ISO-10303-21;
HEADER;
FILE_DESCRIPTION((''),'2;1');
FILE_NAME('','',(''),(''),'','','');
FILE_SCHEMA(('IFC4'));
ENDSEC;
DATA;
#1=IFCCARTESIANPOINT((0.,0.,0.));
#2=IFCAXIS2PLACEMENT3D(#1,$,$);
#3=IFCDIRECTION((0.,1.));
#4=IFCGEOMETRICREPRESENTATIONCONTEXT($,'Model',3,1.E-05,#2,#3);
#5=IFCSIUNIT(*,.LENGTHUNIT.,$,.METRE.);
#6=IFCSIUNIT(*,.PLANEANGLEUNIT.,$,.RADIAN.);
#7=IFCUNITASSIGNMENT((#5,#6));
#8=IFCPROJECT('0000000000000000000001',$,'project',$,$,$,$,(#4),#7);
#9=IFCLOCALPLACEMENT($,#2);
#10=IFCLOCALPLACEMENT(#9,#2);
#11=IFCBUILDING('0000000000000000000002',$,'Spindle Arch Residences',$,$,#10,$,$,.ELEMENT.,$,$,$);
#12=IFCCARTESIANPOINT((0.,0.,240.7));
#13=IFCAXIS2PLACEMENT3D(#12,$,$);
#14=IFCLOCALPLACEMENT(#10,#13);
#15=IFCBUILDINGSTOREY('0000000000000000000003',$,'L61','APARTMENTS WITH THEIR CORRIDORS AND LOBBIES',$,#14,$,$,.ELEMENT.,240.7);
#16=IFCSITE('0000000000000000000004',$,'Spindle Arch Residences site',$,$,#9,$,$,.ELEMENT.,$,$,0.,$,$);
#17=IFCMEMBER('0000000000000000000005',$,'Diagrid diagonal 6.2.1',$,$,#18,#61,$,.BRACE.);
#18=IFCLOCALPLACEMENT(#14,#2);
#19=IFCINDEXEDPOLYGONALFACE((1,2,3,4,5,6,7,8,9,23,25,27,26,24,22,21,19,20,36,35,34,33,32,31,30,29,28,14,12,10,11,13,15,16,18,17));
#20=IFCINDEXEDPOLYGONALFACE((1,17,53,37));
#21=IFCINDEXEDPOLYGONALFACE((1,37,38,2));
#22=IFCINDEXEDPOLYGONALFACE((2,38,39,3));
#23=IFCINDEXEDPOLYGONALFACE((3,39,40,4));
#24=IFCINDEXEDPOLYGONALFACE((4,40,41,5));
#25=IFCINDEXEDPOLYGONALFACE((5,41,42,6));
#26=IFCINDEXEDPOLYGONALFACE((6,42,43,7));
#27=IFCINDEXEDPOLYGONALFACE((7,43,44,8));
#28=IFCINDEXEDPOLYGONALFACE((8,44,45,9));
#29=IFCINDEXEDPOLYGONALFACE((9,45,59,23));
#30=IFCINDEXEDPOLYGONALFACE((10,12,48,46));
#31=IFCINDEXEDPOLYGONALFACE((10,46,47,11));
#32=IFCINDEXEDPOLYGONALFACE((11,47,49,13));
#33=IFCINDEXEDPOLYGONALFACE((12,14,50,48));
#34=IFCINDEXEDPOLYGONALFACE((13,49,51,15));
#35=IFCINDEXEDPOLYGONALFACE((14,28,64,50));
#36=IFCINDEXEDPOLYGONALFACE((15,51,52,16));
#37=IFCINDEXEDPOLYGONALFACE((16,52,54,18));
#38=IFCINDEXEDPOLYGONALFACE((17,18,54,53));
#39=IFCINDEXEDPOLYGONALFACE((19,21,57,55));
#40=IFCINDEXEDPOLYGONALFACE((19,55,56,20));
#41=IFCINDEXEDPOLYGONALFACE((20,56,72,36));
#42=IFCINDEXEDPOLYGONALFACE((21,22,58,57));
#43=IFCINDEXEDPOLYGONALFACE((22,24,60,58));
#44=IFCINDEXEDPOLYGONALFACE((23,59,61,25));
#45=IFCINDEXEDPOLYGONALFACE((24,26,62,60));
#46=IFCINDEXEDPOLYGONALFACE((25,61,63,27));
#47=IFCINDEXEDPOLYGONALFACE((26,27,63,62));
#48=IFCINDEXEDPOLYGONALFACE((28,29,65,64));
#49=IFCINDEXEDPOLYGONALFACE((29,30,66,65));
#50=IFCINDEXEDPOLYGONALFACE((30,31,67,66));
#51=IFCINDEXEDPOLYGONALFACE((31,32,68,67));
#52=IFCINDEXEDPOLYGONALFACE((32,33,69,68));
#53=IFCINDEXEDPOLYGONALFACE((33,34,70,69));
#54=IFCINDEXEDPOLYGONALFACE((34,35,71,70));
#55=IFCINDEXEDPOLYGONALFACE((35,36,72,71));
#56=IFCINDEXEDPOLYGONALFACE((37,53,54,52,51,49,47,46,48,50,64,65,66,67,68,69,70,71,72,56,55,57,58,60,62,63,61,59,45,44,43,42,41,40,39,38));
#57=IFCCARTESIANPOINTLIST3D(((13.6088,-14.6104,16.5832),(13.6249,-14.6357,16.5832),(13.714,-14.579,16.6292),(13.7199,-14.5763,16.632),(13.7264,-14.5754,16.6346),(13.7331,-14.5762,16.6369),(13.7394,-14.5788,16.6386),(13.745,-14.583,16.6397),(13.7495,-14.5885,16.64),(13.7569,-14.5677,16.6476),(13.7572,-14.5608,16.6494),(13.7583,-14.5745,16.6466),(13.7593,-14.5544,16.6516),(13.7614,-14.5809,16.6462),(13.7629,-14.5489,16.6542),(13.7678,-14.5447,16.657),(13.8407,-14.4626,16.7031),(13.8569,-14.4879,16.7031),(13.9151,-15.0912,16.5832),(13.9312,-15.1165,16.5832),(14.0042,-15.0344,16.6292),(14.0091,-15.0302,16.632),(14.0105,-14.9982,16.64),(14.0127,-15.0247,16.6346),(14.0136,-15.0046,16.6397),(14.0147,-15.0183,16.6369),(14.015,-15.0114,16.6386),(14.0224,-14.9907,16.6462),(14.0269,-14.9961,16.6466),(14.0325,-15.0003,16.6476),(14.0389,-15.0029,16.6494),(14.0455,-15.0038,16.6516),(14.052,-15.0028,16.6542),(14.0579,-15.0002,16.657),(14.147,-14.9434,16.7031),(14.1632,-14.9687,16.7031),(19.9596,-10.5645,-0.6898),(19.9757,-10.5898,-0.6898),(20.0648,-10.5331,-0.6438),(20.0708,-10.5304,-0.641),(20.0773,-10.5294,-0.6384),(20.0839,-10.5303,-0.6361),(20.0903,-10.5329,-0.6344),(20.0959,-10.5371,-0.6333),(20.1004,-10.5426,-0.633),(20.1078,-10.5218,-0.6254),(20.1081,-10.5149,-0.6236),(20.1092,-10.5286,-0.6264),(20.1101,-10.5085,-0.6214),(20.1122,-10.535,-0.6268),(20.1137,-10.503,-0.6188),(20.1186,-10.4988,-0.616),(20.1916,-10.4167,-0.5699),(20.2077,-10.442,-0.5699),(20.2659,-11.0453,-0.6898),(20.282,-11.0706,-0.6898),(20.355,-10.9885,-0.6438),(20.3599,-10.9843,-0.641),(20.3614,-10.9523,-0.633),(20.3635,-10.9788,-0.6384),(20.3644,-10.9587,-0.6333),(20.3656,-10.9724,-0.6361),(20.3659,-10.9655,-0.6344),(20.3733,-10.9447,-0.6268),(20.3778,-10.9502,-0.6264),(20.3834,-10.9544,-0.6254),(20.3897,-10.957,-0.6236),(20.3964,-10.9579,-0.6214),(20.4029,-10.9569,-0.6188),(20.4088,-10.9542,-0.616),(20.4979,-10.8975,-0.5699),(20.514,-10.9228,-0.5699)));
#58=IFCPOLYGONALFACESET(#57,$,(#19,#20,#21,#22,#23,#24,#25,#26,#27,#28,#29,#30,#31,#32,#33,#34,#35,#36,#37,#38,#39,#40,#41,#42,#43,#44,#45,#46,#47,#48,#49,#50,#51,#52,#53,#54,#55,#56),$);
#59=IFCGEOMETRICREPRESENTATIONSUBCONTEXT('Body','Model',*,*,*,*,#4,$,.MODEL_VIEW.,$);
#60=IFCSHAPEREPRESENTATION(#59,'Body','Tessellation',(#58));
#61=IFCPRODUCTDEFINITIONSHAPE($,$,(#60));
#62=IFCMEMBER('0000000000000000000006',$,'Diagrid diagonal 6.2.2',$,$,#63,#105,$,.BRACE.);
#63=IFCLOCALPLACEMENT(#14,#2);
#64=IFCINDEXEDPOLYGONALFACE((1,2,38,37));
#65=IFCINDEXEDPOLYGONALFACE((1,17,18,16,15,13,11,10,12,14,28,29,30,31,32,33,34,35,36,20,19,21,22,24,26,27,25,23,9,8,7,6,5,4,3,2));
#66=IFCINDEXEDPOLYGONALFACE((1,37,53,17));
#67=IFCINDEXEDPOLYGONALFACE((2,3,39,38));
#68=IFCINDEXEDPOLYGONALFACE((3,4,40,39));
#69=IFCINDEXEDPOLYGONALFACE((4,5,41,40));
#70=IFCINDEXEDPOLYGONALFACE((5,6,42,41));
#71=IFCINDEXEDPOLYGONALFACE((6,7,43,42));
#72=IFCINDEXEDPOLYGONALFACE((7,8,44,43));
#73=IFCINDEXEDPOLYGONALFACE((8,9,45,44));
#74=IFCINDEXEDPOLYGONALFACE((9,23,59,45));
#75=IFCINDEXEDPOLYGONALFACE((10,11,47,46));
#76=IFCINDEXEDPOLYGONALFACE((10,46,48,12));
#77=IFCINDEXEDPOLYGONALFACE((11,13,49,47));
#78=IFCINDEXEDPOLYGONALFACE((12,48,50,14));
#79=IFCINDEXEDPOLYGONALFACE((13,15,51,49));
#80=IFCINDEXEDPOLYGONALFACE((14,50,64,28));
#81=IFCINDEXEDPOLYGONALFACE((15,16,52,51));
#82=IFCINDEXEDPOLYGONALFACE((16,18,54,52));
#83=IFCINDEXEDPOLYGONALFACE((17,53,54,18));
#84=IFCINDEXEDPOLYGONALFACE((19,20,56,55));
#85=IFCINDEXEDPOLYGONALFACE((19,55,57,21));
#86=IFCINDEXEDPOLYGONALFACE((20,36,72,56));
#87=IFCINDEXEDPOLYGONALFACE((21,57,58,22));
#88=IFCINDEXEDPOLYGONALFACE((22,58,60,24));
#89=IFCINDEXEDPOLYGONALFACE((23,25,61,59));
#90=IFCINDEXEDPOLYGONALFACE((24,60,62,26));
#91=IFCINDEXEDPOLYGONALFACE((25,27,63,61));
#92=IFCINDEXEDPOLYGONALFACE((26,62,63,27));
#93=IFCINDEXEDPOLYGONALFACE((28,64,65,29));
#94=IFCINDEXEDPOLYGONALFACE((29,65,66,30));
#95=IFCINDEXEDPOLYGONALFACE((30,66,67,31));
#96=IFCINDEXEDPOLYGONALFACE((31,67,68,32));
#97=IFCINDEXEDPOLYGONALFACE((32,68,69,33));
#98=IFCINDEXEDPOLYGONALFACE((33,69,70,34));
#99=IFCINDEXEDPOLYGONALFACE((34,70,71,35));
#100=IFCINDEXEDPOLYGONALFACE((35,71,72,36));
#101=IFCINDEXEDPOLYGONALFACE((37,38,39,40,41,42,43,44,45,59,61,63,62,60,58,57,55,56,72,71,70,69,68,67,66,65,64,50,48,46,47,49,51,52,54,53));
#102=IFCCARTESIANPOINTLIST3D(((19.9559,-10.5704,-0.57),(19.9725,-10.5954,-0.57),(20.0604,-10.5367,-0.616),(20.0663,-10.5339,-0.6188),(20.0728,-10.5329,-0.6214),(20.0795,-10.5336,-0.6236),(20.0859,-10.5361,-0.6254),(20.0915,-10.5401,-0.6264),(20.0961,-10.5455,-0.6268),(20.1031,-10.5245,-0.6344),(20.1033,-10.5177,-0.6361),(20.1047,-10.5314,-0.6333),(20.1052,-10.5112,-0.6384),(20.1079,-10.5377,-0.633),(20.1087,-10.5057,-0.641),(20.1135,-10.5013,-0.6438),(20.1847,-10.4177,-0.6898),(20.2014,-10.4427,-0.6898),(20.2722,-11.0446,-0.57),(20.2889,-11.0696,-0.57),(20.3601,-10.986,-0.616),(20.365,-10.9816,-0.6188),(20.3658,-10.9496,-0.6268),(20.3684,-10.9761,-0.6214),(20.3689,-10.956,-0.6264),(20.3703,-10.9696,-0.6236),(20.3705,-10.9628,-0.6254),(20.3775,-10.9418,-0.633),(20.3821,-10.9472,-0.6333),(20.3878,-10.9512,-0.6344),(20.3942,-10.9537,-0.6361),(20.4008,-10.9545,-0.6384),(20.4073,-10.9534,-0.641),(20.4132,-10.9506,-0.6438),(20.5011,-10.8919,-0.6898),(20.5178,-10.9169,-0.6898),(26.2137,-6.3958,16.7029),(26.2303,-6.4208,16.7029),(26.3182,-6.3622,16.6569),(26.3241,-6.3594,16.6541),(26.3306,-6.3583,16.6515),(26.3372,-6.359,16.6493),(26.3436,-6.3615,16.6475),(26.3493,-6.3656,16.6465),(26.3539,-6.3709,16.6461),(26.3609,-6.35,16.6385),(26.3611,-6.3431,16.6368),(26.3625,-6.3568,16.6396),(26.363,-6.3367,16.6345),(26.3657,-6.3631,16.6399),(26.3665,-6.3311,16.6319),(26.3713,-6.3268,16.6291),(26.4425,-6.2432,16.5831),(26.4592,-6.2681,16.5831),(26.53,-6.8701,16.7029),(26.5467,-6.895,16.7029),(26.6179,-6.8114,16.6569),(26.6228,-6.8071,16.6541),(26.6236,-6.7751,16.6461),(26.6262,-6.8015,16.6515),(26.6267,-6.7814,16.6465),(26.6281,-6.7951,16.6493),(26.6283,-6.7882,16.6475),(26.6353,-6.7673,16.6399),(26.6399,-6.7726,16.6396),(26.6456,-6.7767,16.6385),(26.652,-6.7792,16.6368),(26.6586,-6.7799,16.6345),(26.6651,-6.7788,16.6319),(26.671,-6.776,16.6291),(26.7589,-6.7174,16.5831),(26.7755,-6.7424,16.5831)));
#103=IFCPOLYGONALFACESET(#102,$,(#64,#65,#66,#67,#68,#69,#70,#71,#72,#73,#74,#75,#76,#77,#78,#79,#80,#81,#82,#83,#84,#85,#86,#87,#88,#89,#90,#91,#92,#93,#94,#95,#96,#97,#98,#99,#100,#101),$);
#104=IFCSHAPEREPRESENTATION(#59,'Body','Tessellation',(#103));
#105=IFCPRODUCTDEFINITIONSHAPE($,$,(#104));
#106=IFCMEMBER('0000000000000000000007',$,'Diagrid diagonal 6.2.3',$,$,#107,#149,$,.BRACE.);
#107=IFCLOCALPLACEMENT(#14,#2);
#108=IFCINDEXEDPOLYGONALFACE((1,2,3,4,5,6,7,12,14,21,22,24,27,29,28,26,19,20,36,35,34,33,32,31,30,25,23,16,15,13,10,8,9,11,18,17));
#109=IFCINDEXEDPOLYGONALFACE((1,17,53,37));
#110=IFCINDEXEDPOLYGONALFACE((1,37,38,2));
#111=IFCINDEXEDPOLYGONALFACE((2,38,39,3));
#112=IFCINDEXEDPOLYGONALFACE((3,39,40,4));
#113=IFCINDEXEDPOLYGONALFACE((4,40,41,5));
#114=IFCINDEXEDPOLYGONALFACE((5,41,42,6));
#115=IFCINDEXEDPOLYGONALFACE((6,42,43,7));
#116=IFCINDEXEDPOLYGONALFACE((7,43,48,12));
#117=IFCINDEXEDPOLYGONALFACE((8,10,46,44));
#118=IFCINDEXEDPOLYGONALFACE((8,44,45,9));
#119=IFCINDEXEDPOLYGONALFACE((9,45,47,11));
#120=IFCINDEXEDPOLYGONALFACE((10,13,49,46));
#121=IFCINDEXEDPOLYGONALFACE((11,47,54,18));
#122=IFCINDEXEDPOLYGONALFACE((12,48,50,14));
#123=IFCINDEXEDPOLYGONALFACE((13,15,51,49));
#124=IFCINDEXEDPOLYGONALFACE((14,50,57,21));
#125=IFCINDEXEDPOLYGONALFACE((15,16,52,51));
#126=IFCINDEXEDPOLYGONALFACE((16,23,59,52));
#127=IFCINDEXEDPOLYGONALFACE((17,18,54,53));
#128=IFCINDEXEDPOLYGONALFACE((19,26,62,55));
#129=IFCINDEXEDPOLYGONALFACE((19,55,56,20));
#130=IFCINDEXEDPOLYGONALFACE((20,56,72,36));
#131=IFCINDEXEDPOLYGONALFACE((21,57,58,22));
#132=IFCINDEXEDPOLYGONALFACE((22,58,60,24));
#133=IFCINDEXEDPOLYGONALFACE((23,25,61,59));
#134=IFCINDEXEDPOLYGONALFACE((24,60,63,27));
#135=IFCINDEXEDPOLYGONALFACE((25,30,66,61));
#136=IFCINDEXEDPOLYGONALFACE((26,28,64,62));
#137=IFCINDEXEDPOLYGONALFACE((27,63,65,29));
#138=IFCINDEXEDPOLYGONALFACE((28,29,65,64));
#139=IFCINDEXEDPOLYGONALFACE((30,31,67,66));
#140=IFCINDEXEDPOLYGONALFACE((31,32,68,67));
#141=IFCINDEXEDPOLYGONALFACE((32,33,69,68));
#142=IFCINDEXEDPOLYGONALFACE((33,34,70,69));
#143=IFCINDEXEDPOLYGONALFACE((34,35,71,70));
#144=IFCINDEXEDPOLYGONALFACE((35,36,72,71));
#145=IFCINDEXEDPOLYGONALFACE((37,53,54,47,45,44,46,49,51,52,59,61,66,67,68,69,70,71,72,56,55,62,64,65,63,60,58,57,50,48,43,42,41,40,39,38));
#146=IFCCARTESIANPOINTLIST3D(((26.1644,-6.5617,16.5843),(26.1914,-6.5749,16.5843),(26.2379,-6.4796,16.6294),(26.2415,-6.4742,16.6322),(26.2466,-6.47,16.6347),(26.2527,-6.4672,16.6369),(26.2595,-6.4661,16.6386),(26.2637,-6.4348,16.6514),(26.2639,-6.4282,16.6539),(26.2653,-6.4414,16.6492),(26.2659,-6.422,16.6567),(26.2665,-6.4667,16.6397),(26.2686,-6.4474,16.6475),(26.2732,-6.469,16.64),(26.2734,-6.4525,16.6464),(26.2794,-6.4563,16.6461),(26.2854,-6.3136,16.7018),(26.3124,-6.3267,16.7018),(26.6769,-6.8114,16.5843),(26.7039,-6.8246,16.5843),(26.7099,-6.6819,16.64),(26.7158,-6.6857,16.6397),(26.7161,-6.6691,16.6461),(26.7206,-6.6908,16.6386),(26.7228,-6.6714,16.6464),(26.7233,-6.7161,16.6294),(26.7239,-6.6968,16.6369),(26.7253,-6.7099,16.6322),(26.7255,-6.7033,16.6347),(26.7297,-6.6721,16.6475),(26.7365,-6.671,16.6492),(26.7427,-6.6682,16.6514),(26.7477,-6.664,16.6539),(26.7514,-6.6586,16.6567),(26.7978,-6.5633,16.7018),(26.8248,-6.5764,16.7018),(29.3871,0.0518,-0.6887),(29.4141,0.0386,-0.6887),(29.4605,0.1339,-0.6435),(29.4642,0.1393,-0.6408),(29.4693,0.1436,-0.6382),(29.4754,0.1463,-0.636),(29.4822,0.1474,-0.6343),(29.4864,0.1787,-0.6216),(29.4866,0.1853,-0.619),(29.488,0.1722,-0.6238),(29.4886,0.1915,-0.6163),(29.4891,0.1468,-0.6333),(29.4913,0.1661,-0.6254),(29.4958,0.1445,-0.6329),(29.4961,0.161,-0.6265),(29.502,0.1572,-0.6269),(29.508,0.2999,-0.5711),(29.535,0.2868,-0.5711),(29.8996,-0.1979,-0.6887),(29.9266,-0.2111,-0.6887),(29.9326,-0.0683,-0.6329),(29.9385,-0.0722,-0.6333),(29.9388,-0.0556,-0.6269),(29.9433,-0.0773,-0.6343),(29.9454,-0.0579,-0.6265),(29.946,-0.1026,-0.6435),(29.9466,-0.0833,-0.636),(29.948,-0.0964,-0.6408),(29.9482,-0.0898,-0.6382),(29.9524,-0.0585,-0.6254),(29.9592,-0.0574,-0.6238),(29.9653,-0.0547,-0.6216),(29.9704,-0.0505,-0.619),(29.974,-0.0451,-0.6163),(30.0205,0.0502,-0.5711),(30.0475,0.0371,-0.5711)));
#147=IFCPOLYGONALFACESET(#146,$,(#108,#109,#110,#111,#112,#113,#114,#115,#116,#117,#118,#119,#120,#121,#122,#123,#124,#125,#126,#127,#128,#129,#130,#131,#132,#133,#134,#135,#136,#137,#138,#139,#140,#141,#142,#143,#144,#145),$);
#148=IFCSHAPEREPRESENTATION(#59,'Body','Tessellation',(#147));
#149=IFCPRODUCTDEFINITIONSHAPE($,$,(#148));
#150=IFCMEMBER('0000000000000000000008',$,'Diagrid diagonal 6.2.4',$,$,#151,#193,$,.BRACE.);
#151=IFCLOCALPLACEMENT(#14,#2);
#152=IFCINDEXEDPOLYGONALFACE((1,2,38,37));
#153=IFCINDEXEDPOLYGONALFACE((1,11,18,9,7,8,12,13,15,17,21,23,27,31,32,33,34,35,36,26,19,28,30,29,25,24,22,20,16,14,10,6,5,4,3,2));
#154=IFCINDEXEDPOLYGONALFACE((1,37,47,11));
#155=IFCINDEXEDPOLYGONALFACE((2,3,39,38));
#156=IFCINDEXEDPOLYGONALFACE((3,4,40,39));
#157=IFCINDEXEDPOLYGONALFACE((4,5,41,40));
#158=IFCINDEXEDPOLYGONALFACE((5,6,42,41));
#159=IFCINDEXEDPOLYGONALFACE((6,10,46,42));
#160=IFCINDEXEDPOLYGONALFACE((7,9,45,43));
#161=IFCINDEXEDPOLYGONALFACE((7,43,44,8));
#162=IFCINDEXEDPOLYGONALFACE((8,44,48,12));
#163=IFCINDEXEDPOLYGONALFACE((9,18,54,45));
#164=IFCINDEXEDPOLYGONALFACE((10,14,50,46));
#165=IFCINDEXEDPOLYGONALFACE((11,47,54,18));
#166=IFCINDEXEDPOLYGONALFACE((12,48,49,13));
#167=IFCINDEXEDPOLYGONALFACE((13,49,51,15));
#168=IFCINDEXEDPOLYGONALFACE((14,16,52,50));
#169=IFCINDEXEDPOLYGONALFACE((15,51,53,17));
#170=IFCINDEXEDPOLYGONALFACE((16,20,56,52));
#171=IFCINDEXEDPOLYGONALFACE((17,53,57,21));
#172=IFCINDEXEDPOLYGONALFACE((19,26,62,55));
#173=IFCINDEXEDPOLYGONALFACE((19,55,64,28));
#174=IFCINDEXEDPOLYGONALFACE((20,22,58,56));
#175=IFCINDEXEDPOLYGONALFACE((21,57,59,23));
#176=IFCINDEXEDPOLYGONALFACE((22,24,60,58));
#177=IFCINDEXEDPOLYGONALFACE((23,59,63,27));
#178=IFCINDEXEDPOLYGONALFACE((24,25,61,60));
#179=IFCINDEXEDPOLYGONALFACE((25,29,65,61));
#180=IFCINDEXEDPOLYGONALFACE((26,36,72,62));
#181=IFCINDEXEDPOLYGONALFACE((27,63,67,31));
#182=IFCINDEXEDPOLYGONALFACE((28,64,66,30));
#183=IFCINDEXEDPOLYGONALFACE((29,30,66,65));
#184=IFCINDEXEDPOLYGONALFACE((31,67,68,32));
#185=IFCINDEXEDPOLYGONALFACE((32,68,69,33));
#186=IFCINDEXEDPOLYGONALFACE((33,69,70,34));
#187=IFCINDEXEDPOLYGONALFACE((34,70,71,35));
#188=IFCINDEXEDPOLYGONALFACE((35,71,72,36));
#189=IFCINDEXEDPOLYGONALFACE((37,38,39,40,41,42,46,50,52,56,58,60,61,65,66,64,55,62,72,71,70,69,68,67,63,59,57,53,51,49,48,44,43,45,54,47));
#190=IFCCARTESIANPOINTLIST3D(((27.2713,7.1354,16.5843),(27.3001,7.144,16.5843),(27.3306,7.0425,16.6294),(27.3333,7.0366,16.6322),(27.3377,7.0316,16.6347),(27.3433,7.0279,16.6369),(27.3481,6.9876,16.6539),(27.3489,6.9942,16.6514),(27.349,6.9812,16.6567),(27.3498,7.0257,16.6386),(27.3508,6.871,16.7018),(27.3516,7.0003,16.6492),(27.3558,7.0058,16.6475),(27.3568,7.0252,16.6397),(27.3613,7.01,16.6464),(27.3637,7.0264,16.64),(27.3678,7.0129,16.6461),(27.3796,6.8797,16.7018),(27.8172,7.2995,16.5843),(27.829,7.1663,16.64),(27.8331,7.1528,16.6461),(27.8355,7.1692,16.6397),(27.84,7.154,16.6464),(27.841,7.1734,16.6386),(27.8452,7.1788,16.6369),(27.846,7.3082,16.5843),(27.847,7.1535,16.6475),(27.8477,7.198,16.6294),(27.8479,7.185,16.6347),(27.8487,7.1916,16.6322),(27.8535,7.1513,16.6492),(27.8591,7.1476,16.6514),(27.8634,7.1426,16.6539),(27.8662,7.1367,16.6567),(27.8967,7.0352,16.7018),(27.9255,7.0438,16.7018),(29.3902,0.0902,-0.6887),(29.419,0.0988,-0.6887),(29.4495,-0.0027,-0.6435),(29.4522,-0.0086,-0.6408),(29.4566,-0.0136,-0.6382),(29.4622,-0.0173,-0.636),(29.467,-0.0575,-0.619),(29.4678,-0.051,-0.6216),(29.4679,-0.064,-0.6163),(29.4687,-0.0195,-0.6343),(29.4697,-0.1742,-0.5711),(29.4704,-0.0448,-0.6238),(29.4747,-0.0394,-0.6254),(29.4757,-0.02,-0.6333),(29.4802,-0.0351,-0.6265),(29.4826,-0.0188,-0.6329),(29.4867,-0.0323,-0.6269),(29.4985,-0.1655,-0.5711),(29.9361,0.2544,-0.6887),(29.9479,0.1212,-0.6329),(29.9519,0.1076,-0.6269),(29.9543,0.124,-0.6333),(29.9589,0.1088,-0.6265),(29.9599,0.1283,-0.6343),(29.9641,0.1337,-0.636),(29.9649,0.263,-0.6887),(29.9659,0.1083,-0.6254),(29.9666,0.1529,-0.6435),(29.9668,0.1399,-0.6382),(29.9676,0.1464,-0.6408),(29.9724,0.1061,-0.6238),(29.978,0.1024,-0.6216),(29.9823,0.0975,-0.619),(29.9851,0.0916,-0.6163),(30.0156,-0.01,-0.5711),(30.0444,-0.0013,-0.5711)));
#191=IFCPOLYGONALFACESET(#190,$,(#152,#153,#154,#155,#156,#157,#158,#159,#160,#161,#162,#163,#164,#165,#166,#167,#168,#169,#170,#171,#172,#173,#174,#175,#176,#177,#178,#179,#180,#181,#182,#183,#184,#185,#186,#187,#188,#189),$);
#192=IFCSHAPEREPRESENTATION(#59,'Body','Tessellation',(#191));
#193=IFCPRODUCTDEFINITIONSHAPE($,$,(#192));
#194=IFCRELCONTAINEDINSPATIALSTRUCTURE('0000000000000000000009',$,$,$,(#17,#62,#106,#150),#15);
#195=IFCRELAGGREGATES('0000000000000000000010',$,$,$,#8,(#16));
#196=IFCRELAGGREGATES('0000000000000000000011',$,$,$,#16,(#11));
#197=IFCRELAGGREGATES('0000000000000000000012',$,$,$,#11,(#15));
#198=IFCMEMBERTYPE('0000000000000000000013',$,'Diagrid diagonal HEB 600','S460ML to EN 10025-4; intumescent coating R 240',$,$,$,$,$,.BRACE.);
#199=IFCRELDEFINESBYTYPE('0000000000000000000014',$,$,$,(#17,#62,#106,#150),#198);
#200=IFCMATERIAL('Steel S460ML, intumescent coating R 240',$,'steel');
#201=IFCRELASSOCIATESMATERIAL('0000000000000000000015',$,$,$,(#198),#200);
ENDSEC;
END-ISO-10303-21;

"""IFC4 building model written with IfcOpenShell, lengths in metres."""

from ifc_helpers import new_model, si_unit, direction, frame, origin, origin_2d, place, context, subcontext, project, spatial, i_section, extrude, material, material_profile, profile_set, type_object, element, save


model = new_model("IFC4")

# Units and contexts
model_context = context("Model", 3, precision=1e-05, world=origin(), true_north=direction((0.0, 1.0)))
body_context = subcontext(model_context, "Body", "Model", "MODEL_VIEW")
ifc_project = project(units=[si_unit("LENGTHUNIT", "METRE"), si_unit("PLANEANGLEUNIT", "RADIAN")], contexts=[model_context])

# Site, building, storey
site_placement = place(None, origin())
site = spatial("IfcSite", under=ifc_project, at=site_placement, Name="Spindle Arch Residences site", CompositionType="ELEMENT", RefElevation=0.0)
building_placement = place(site_placement, origin())
building = spatial("IfcBuilding", under=site, at=building_placement, Name="Spindle Arch Residences", CompositionType="ELEMENT")
storey_placement = place(building_placement, frame((0.0, 0.0, 240.7)))
storey = spatial("IfcBuildingStorey", under=building, at=storey_placement, Name="L61", Description="APARTMENTS WITH THEIR CORRIDORS AND LOBBIES", CompositionType="ELEMENT", Elevation=240.7)

# Members
ifc_material_1 = material(Name="Steel S460ML, intumescent coating R 240", Category="steel")
ifc_material_profile_1 = material_profile(ifc_material_1, i_section(OverallWidth=0.3, OverallDepth=0.6001, WebThickness=0.0154, FlangeThickness=0.03, FilletRadius=0.0271, at=origin_2d()), Name="HEB 600")
ifc_profile_set_1 = profile_set([ifc_material_profile_1], Name="Steel S460ML, intumescent coating R 240")
member_type_1 = type_object("IfcMemberType", Name="Diagrid diagonal HEB 600", Description="S460ML to EN 10025-4; intumescent coating R 240", PredefinedType="BRACE", material=ifc_profile_set_1)
member_1_placement = place(storey_placement, frame((20.2368, -10.7437, -0.6299), z_axis=(-0.33704, -0.214717, 0.916679), x_axis=(0.773121, 0.492529, 0.399624)))
element("IfcMember", 1, at=member_1_placement, inside=storey, type_object=member_type_1, Name="Diagrid diagonal 6.2.1", PredefinedType="BRACE", context=body_context, shape_type="SweptSolid", body=[
    extrude(i_section(OverallWidth=0.3, OverallDepth=0.6001, WebThickness=0.0154, FlangeThickness=0.03, FilletRadius=0.0271, at=origin_2d()), origin(), (0.0, 0.0, 1.0), 18.843),
])
member_2_placement = place(storey_placement, frame((20.2368, -10.7437, -0.6299), z_axis=(0.332157, 0.221581, 0.916828), x_axis=(-0.762696, -0.508791, 0.399283)))
element("IfcMember", 2, at=member_2_placement, inside=storey, type_object=member_type_1, Name="Diagrid diagonal 6.2.2", PredefinedType="BRACE", context=body_context, shape_type="SweptSolid", body=[
    extrude(i_section(OverallWidth=0.3, OverallDepth=0.6001, WebThickness=0.0154, FlangeThickness=0.03, FilletRadius=0.0271, at=origin_2d()), origin(), (0.0, 0.0, 1.0), 18.8398),
])
for number, where, z_axis, x_axis, name in (
    (3, (29.7173, 0.0444, -0.6299), (-0.171651, -0.352262, 0.920026), (0.403012, 0.82706, 0.391858), "Diagrid diagonal 6.2.3"),
    (4, (29.7173, 0.0444, -0.6299), (-0.112861, 0.375253, 0.920026), (0.264981, -0.881041, 0.391858), "Diagrid diagonal 6.2.4"),
):
    element("IfcMember", number, at=place(storey_placement, frame(where, z_axis=z_axis, x_axis=x_axis)), inside=storey, type_object=member_type_1, Name=name, PredefinedType="BRACE", context=body_context, shape_type="SweptSolid", body=[
        extrude(i_section(OverallWidth=0.3, OverallDepth=0.6001, WebThickness=0.0154, FlangeThickness=0.03, FilletRadius=0.0271, at=origin_2d()), origin(), (0.0, 0.0, 1.0), 18.7744),
    ])

save(model, "model.ifc")
